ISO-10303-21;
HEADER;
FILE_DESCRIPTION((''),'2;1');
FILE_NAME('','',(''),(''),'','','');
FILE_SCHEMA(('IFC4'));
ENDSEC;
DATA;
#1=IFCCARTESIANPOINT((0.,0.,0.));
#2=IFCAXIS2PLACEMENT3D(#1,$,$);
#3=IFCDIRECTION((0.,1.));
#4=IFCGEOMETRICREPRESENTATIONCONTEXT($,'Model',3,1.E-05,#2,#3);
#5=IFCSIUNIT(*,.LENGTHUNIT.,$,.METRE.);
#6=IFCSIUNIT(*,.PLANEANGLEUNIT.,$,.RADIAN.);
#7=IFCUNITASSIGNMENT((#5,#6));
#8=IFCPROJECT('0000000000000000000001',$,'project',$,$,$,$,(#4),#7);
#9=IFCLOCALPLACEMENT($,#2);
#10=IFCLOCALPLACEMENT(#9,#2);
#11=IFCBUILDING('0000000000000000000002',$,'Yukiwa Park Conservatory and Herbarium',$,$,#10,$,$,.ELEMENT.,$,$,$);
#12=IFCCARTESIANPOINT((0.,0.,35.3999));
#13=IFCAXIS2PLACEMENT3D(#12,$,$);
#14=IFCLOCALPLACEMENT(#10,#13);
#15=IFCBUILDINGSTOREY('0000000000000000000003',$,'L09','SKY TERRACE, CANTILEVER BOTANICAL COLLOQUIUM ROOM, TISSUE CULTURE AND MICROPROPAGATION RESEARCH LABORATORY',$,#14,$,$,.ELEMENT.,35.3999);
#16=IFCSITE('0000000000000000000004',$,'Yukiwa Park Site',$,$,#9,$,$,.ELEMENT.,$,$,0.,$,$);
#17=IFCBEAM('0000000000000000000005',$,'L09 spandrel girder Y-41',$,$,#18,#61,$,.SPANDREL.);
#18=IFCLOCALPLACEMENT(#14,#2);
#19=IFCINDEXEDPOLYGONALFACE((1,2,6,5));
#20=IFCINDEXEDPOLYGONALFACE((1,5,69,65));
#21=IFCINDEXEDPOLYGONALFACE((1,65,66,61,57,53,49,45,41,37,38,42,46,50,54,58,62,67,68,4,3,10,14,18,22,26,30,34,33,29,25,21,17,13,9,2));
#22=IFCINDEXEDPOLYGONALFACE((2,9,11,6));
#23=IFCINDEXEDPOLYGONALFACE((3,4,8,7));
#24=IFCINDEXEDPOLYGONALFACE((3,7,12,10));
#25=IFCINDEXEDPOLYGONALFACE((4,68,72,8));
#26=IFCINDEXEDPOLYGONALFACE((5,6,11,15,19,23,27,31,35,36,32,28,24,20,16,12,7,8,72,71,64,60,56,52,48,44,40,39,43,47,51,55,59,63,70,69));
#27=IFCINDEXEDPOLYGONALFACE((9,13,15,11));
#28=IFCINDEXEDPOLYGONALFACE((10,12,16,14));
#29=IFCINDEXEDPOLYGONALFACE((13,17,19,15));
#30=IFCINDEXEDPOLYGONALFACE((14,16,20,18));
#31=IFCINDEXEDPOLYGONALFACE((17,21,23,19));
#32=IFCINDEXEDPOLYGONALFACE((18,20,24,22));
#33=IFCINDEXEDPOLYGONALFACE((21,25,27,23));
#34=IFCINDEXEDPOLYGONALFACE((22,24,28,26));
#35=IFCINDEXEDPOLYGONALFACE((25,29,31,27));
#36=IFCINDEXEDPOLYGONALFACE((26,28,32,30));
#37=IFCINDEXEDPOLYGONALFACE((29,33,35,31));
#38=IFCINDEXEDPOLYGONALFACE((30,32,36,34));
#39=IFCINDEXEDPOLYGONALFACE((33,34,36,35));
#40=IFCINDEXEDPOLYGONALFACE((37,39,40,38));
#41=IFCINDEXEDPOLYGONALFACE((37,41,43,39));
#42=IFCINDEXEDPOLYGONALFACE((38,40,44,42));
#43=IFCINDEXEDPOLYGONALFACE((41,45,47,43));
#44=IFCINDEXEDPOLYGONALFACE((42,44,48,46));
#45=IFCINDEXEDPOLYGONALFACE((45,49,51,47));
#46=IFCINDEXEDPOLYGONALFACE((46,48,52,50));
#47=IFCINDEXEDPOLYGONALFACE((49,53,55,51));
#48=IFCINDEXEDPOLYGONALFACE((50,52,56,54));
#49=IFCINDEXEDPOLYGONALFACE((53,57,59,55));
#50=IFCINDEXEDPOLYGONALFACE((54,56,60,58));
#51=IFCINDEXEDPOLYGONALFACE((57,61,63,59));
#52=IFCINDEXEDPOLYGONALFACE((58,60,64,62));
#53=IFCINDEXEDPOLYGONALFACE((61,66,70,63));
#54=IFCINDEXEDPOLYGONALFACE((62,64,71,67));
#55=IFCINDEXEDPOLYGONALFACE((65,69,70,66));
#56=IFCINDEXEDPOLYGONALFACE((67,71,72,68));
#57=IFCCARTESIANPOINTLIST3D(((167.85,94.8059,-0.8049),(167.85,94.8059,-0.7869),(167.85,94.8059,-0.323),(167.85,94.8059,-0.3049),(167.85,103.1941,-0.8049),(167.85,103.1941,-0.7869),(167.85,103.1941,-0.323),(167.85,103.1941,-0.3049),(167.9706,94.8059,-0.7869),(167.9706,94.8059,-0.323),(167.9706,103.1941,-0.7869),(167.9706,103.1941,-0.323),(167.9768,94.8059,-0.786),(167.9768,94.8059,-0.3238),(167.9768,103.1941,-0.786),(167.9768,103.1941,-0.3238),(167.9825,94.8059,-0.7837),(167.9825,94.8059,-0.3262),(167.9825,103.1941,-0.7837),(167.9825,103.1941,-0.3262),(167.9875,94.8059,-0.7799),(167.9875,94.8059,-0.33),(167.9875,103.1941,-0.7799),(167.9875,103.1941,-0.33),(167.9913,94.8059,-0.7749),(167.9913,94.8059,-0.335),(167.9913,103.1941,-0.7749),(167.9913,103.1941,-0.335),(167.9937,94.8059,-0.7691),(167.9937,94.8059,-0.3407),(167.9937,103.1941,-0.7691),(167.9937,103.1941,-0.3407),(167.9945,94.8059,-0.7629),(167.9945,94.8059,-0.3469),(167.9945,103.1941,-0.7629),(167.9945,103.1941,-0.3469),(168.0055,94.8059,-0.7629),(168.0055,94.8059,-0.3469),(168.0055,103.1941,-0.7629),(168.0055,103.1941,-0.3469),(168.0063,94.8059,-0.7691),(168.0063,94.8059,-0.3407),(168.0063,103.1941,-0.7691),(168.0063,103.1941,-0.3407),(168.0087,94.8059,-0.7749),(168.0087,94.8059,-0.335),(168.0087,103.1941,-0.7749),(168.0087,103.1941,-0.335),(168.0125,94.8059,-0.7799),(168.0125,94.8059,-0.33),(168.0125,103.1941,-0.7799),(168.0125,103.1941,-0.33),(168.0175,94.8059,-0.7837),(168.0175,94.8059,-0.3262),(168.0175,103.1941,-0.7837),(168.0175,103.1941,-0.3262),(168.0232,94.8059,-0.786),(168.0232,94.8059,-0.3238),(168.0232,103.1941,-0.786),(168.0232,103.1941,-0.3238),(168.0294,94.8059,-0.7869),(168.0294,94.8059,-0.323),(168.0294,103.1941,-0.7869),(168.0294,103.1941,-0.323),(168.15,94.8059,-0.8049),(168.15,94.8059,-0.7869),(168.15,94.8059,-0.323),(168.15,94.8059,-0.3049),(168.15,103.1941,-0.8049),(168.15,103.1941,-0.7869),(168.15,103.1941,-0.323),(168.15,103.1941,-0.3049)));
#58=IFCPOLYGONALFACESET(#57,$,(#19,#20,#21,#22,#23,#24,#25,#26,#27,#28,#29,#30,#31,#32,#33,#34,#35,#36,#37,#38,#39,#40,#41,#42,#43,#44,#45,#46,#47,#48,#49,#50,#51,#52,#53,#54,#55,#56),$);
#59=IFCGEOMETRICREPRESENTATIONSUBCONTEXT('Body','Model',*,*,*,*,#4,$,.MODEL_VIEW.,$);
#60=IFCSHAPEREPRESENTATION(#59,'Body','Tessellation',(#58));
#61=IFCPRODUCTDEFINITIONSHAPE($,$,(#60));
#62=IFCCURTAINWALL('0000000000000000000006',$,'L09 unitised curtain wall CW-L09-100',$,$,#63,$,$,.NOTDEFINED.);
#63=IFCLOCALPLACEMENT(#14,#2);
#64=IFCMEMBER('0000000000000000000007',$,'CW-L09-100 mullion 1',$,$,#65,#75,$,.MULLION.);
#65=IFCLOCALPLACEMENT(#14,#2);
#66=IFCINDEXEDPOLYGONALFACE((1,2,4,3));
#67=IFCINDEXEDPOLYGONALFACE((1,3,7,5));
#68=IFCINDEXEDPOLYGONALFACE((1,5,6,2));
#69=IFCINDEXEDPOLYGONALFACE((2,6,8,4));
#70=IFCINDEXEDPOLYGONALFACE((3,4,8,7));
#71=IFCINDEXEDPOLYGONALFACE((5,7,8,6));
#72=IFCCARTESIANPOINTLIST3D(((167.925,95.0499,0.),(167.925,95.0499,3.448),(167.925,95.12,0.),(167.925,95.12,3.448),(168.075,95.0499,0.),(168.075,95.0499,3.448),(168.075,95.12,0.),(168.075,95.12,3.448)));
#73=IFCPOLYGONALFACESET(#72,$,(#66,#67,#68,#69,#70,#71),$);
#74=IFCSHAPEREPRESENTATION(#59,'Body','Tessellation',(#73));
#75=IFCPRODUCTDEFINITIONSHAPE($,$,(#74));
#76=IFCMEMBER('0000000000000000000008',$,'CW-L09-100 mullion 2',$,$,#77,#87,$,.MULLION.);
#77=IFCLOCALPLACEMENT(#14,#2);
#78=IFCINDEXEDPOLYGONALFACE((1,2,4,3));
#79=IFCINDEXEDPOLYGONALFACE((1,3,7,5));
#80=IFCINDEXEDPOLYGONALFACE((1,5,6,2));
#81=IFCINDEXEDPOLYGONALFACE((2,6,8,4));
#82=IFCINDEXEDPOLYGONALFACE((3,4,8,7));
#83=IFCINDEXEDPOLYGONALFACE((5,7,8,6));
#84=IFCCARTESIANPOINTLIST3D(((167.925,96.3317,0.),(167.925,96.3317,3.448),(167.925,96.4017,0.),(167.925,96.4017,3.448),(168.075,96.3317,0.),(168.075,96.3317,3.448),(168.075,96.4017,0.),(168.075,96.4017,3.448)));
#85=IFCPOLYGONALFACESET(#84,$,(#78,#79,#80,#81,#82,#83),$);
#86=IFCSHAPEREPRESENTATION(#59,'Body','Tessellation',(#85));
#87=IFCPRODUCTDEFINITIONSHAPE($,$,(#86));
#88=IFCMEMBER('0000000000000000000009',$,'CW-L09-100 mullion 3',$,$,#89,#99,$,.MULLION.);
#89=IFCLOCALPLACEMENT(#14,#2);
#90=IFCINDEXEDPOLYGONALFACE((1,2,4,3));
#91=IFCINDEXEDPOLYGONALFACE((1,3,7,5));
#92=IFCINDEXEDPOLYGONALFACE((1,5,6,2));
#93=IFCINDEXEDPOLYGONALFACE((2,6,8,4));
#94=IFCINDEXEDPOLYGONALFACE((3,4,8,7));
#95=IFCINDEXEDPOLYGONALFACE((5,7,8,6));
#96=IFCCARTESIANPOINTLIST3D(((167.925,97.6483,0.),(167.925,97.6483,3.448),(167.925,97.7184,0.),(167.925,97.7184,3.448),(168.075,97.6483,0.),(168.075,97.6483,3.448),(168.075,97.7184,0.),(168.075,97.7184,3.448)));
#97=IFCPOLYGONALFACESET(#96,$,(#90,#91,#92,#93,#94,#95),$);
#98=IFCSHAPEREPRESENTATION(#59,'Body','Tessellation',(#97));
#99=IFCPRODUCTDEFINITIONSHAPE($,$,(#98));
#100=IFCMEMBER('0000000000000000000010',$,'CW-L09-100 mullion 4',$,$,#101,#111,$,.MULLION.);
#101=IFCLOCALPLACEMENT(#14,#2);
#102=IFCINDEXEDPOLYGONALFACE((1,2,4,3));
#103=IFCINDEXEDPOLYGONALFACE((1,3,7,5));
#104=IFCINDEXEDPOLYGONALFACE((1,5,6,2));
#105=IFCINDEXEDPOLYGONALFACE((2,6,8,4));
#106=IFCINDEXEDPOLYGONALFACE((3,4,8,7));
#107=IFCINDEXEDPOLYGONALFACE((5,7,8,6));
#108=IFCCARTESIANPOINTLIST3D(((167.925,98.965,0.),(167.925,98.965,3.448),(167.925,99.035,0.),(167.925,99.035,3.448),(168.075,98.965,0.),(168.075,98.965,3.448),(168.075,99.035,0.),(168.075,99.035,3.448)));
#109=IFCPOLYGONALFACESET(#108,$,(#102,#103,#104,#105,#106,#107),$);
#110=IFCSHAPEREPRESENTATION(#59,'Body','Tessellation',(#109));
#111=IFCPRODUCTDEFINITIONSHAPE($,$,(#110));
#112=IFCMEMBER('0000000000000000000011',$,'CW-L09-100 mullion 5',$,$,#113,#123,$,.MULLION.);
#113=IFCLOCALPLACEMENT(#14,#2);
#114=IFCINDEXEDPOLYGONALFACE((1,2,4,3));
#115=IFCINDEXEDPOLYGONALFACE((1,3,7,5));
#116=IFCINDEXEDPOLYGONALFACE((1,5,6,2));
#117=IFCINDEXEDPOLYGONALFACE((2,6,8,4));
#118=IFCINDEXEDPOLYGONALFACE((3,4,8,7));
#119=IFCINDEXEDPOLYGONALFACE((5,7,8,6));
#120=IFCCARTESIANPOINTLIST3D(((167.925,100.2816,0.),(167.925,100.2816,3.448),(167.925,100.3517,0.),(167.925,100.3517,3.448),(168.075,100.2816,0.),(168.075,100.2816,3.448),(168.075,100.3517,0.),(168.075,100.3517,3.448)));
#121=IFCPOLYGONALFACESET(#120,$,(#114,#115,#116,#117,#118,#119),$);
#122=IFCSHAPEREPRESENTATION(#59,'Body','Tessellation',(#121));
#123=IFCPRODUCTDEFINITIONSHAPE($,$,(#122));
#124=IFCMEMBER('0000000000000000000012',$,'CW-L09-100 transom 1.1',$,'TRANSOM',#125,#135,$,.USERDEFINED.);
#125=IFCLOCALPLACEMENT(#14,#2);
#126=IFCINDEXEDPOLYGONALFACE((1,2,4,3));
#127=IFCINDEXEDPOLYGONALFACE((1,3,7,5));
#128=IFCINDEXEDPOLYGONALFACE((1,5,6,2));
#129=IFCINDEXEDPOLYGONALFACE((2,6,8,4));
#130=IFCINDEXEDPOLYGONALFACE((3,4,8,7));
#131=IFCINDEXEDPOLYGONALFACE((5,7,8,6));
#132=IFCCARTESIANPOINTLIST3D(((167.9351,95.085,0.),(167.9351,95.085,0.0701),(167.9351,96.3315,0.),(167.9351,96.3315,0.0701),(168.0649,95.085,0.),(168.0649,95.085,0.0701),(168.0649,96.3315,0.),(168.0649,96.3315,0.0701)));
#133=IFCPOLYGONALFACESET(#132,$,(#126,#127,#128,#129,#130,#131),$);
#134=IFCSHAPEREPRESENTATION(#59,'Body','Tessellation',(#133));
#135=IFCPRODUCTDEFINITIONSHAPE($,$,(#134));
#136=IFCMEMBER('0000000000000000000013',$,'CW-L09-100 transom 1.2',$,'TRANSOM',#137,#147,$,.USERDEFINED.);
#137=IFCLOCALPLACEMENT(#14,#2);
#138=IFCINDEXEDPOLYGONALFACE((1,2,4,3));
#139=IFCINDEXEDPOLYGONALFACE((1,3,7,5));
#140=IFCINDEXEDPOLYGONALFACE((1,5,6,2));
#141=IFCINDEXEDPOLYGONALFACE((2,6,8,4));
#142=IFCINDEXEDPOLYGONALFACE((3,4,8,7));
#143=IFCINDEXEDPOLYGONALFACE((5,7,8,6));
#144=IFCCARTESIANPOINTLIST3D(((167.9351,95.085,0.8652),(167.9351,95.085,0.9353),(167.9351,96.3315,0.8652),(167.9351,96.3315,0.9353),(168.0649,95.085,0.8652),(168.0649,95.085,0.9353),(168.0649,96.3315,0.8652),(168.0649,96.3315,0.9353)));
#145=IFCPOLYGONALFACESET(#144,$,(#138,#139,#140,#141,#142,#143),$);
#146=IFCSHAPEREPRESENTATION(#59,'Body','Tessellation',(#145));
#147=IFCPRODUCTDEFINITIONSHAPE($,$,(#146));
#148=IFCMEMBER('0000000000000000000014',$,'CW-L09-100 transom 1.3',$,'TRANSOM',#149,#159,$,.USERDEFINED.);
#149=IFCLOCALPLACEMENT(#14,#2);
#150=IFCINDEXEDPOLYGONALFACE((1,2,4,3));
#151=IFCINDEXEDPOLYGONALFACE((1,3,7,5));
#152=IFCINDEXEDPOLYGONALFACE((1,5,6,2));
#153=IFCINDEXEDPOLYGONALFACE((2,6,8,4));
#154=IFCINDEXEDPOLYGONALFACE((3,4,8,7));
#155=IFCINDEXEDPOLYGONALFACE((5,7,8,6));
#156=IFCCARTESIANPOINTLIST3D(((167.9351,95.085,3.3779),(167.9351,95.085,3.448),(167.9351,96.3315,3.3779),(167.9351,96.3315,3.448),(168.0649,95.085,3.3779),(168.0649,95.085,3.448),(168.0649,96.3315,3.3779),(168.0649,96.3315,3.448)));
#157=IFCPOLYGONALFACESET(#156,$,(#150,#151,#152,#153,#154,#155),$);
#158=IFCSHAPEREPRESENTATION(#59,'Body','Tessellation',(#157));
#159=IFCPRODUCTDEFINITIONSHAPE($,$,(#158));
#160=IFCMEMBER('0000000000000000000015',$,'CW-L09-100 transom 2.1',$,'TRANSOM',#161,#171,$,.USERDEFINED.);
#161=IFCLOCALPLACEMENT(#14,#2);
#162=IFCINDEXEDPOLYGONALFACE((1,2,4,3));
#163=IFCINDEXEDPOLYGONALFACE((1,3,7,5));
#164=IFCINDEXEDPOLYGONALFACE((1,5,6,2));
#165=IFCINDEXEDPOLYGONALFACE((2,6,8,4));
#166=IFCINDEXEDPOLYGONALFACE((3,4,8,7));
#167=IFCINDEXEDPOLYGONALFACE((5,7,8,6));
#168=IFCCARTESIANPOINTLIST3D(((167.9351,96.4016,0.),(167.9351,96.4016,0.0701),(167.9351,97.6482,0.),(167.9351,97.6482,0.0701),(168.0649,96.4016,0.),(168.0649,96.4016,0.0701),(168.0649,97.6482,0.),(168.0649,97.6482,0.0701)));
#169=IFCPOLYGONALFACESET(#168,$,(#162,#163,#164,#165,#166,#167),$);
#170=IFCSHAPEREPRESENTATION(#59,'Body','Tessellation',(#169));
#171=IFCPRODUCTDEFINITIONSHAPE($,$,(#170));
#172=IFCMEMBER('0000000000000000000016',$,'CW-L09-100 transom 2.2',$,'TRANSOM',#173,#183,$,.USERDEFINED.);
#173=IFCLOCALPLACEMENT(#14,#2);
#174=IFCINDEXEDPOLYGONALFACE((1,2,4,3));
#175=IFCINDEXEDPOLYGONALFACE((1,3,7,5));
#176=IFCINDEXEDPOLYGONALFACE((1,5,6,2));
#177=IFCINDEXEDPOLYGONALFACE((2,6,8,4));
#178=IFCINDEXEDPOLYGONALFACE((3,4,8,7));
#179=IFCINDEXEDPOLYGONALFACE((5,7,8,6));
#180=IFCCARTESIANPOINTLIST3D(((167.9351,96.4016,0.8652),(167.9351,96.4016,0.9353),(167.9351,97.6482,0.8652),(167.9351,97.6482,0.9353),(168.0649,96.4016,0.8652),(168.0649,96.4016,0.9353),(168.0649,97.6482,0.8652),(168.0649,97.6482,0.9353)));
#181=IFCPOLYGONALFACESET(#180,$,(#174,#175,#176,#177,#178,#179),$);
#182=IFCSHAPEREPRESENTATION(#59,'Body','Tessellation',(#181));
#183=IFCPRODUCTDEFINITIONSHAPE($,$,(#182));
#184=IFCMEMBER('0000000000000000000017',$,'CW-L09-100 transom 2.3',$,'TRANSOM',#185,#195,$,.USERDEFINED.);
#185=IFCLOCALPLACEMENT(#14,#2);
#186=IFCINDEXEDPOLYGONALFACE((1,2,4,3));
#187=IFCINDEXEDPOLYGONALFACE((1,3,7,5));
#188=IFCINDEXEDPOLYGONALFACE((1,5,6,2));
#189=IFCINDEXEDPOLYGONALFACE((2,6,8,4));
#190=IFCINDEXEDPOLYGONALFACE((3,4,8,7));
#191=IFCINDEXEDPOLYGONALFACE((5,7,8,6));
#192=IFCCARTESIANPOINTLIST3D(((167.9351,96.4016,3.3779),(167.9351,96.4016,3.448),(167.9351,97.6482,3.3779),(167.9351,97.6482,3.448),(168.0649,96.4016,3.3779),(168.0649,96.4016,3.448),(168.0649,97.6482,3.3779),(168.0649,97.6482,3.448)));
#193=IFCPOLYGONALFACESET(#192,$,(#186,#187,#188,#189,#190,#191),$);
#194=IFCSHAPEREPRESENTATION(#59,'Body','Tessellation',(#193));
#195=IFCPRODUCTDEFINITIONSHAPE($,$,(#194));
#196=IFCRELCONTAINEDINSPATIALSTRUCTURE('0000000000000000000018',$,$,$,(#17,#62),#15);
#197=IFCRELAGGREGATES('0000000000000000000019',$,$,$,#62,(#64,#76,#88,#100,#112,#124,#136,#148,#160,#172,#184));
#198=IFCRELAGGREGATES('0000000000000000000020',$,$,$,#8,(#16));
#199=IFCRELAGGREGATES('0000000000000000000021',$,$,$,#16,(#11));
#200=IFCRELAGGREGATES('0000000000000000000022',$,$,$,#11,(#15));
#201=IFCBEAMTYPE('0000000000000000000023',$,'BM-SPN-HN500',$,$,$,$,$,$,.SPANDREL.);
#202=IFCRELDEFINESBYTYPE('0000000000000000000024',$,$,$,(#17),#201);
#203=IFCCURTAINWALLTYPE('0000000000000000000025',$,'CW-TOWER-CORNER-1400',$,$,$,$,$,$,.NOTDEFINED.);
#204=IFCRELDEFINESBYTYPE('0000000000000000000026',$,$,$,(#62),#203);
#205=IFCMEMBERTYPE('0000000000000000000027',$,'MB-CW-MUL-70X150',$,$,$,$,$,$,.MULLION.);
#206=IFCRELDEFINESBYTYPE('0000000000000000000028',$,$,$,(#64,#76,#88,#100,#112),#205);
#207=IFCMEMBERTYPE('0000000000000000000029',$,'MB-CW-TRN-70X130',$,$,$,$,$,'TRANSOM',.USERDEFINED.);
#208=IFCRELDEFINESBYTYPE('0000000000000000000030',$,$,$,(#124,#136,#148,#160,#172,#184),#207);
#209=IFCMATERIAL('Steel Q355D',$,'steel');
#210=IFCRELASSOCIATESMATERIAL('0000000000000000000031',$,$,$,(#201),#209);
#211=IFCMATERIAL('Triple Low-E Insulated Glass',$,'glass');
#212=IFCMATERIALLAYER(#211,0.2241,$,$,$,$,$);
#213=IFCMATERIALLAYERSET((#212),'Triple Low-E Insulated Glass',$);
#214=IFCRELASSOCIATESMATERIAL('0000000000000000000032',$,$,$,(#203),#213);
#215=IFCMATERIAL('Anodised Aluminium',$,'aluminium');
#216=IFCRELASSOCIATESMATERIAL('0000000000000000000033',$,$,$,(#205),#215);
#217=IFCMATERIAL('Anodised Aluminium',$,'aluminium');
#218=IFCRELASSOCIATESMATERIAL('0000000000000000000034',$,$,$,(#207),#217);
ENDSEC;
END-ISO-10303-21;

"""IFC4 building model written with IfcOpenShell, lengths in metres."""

from ifc_helpers import new_model, si_unit, direction, frame, origin, origin_2d, place, context, subcontext, project, spatial, rectangle, i_section, extrude, material, layer, layer_set, material_profile, profile_set, type_object, element, aggregate, save


model = new_model("IFC4")

# Units and contexts
model_context = context("Model", 3, precision=1e-05, world=origin(), true_north=direction((0.0, 1.0)))
body_context = subcontext(model_context, "Body", "Model", "MODEL_VIEW")
ifc_project = project(units=[si_unit("LENGTHUNIT", "METRE"), si_unit("PLANEANGLEUNIT", "RADIAN")], contexts=[model_context])

# Site, building, storey
site_placement = place(None, origin())
site = spatial("IfcSite", under=ifc_project, at=site_placement, Name="Yukiwa Park Site", CompositionType="ELEMENT", RefElevation=0.0)
building_placement = place(site_placement, origin())
building = spatial("IfcBuilding", under=site, at=building_placement, Name="Yukiwa Park Conservatory and Herbarium", CompositionType="ELEMENT")
storey_placement = place(building_placement, frame((0.0, 0.0, 35.3999)))
storey = spatial("IfcBuildingStorey", under=building, at=storey_placement, Name="L09", Description="SKY TERRACE, CANTILEVER BOTANICAL COLLOQUIUM ROOM, TISSUE CULTURE AND MICROPROPAGATION RESEARCH LABORATORY", CompositionType="ELEMENT", Elevation=35.3999)

# Beam
ifc_material_1 = material(Name="Steel Q355D", Category="steel")
ifc_material_profile = material_profile(ifc_material_1, i_section(OverallWidth=0.3, OverallDepth=0.5, WebThickness=0.011, FlangeThickness=0.0181, FilletRadius=0.0239, at=origin_2d()), Name="HM 500x300x11x18")
ifc_profile_set = profile_set([ifc_material_profile], Name="Steel Q355D")
beam_type = type_object("IfcBeamType", Name="BM-SPN-HN500", PredefinedType="SPANDREL", material=ifc_profile_set)
beam_placement = place(storey_placement, frame((168.0, 94.8059, -0.5549), z_axis=(0.0, 1.0, 0.0), x_axis=(-1.0, 0.0, 0.0)))
element("IfcBeam", 1, at=beam_placement, inside=storey, type_object=beam_type, Name="L09 spandrel girder Y-41", PredefinedType="SPANDREL", context=body_context, shape_type="SweptSolid", body=[
    extrude(i_section(OverallWidth=0.3, OverallDepth=0.5, WebThickness=0.011, FlangeThickness=0.0181, FilletRadius=0.0239, at=origin_2d()), origin(), (0.0, 0.0, 1.0), 8.3882),
])

# Curtain wall, members
ifc_material_2 = material(Name="Triple Low-E Insulated Glass", Category="glass")
ifc_layer_1 = layer(ifc_material_2, 0.2241)
ifc_layer_set_1 = layer_set([ifc_layer_1], Name="Triple Low-E Insulated Glass")
curtain_wall_type = type_object("IfcCurtainWallType", Name="CW-TOWER-CORNER-1400", PredefinedType="NOTDEFINED", material=ifc_layer_set_1)
curtain_wall_placement = place(storey_placement, origin())
curtain_wall = element("IfcCurtainWall", 2, at=curtain_wall_placement, inside=storey, type_object=curtain_wall_type, Name="L09 unitised curtain wall CW-L09-100", PredefinedType="NOTDEFINED")
ifc_material_3 = material(Name="Anodised Aluminium", Category="aluminium")
member_type_1 = type_object("IfcMemberType", Name="MB-CW-MUL-70X150", PredefinedType="MULLION", material=ifc_material_3)
member_1_placement = place(storey_placement, frame((168.0, 95.085, 0.0), z_axis=(0.0, 0.0, 1.0), x_axis=(0.0, 1.0, 0.0)))
member_1 = element("IfcMember", 3, at=member_1_placement, type_object=member_type_1, Name="CW-L09-100 mullion 1", PredefinedType="MULLION", context=body_context, shape_type="SweptSolid", body=[
    extrude(rectangle(XDim=0.0701, YDim=0.1499, at=origin_2d()), origin(), (0.0, 0.0, 1.0), 3.448),
])
member_2_placement = place(storey_placement, frame((168.0, 96.3667, 0.0), z_axis=(0.0, 0.0, 1.0), x_axis=(0.0, 1.0, 0.0)))
member_2 = element("IfcMember", 4, at=member_2_placement, type_object=member_type_1, Name="CW-L09-100 mullion 2", PredefinedType="MULLION", context=body_context, shape_type="SweptSolid", body=[
    extrude(rectangle(XDim=0.0701, YDim=0.1499, at=origin_2d()), origin(), (0.0, 0.0, 1.0), 3.448),
])
member_3_placement = place(storey_placement, frame((168.0, 97.6833, 0.0), z_axis=(0.0, 0.0, 1.0), x_axis=(0.0, 1.0, 0.0)))
member_3 = element("IfcMember", 5, at=member_3_placement, type_object=member_type_1, Name="CW-L09-100 mullion 3", PredefinedType="MULLION", context=body_context, shape_type="SweptSolid", body=[
    extrude(rectangle(XDim=0.0701, YDim=0.1499, at=origin_2d()), origin(), (0.0, 0.0, 1.0), 3.448),
])
member_4_placement = place(storey_placement, frame((168.0, 99.0, 0.0), z_axis=(0.0, 0.0, 1.0), x_axis=(0.0, 1.0, 0.0)))
member_4 = element("IfcMember", 6, at=member_4_placement, type_object=member_type_1, Name="CW-L09-100 mullion 4", PredefinedType="MULLION", context=body_context, shape_type="SweptSolid", body=[
    extrude(rectangle(XDim=0.0701, YDim=0.1499, at=origin_2d()), origin(), (0.0, 0.0, 1.0), 3.448),
])
member_5_placement = place(storey_placement, frame((168.0, 100.3167, 0.0), z_axis=(0.0, 0.0, 1.0), x_axis=(0.0, 1.0, 0.0)))
member_5 = element("IfcMember", 7, at=member_5_placement, type_object=member_type_1, Name="CW-L09-100 mullion 5", PredefinedType="MULLION", context=body_context, shape_type="SweptSolid", body=[
    extrude(rectangle(XDim=0.0701, YDim=0.1499, at=origin_2d()), origin(), (0.0, 0.0, 1.0), 3.448),
])
ifc_material_4 = material(Name="Anodised Aluminium", Category="aluminium")
member_type_2 = type_object("IfcMemberType", Name="MB-CW-TRN-70X130", ElementType="TRANSOM", PredefinedType="USERDEFINED", material=ifc_material_4)
member_6_placement = place(storey_placement, frame((168.0, 95.7083, 0.0), z_axis=(0.0, 0.0, 1.0), x_axis=(0.0, 1.0, 0.0)))
member_6 = element("IfcMember", 8, at=member_6_placement, type_object=member_type_2, Name="CW-L09-100 transom 1.1", ObjectType="TRANSOM", PredefinedType="USERDEFINED", context=body_context, shape_type="SweptSolid", body=[
    extrude(rectangle(XDim=1.2466, YDim=0.1299, at=origin_2d()), origin(), (0.0, 0.0, 1.0), 0.0701),
])
member_7_placement = place(storey_placement, frame((168.0, 95.7083, 0.8652), z_axis=(0.0, 0.0, 1.0), x_axis=(0.0, 1.0, 0.0)))
member_7 = element("IfcMember", 9, at=member_7_placement, type_object=member_type_2, Name="CW-L09-100 transom 1.2", ObjectType="TRANSOM", PredefinedType="USERDEFINED", context=body_context, shape_type="SweptSolid", body=[
    extrude(rectangle(XDim=1.2466, YDim=0.1299, at=origin_2d()), origin(), (0.0, 0.0, 1.0), 0.0701),
])
member_8_placement = place(storey_placement, frame((168.0, 95.7083, 3.3779), z_axis=(0.0, 0.0, 1.0), x_axis=(0.0, 1.0, 0.0)))
member_8 = element("IfcMember", 10, at=member_8_placement, type_object=member_type_2, Name="CW-L09-100 transom 1.3", ObjectType="TRANSOM", PredefinedType="USERDEFINED", context=body_context, shape_type="SweptSolid", body=[
    extrude(rectangle(XDim=1.2466, YDim=0.1299, at=origin_2d()), origin(), (0.0, 0.0, 1.0), 0.0701),
])
member_9_placement = place(storey_placement, frame((168.0, 97.0249, 0.0), z_axis=(0.0, 0.0, 1.0), x_axis=(0.0, 1.0, 0.0)))
member_9 = element("IfcMember", 11, at=member_9_placement, type_object=member_type_2, Name="CW-L09-100 transom 2.1", ObjectType="TRANSOM", PredefinedType="USERDEFINED", context=body_context, shape_type="SweptSolid", body=[
    extrude(rectangle(XDim=1.2466, YDim=0.1299, at=origin_2d()), origin(), (0.0, 0.0, 1.0), 0.0701),
])
member_10_placement = place(storey_placement, frame((168.0, 97.0249, 0.8652), z_axis=(0.0, 0.0, 1.0), x_axis=(0.0, 1.0, 0.0)))
member_10 = element("IfcMember", 12, at=member_10_placement, type_object=member_type_2, Name="CW-L09-100 transom 2.2", ObjectType="TRANSOM", PredefinedType="USERDEFINED", context=body_context, shape_type="SweptSolid", body=[
    extrude(rectangle(XDim=1.2466, YDim=0.1299, at=origin_2d()), origin(), (0.0, 0.0, 1.0), 0.0701),
])
member_11_placement = place(storey_placement, frame((168.0, 97.0249, 3.3779), z_axis=(0.0, 0.0, 1.0), x_axis=(0.0, 1.0, 0.0)))
member_11 = element("IfcMember", 13, at=member_11_placement, type_object=member_type_2, Name="CW-L09-100 transom 2.3", ObjectType="TRANSOM", PredefinedType="USERDEFINED", context=body_context, shape_type="SweptSolid", body=[
    extrude(rectangle(XDim=1.2466, YDim=0.1299, at=origin_2d()), origin(), (0.0, 0.0, 1.0), 0.0701),
])
aggregate(curtain_wall, [member_1, member_2, member_3, member_4, member_5, member_6, member_7, member_8, member_9, member_10, member_11])

save(model, "model.ifc")
